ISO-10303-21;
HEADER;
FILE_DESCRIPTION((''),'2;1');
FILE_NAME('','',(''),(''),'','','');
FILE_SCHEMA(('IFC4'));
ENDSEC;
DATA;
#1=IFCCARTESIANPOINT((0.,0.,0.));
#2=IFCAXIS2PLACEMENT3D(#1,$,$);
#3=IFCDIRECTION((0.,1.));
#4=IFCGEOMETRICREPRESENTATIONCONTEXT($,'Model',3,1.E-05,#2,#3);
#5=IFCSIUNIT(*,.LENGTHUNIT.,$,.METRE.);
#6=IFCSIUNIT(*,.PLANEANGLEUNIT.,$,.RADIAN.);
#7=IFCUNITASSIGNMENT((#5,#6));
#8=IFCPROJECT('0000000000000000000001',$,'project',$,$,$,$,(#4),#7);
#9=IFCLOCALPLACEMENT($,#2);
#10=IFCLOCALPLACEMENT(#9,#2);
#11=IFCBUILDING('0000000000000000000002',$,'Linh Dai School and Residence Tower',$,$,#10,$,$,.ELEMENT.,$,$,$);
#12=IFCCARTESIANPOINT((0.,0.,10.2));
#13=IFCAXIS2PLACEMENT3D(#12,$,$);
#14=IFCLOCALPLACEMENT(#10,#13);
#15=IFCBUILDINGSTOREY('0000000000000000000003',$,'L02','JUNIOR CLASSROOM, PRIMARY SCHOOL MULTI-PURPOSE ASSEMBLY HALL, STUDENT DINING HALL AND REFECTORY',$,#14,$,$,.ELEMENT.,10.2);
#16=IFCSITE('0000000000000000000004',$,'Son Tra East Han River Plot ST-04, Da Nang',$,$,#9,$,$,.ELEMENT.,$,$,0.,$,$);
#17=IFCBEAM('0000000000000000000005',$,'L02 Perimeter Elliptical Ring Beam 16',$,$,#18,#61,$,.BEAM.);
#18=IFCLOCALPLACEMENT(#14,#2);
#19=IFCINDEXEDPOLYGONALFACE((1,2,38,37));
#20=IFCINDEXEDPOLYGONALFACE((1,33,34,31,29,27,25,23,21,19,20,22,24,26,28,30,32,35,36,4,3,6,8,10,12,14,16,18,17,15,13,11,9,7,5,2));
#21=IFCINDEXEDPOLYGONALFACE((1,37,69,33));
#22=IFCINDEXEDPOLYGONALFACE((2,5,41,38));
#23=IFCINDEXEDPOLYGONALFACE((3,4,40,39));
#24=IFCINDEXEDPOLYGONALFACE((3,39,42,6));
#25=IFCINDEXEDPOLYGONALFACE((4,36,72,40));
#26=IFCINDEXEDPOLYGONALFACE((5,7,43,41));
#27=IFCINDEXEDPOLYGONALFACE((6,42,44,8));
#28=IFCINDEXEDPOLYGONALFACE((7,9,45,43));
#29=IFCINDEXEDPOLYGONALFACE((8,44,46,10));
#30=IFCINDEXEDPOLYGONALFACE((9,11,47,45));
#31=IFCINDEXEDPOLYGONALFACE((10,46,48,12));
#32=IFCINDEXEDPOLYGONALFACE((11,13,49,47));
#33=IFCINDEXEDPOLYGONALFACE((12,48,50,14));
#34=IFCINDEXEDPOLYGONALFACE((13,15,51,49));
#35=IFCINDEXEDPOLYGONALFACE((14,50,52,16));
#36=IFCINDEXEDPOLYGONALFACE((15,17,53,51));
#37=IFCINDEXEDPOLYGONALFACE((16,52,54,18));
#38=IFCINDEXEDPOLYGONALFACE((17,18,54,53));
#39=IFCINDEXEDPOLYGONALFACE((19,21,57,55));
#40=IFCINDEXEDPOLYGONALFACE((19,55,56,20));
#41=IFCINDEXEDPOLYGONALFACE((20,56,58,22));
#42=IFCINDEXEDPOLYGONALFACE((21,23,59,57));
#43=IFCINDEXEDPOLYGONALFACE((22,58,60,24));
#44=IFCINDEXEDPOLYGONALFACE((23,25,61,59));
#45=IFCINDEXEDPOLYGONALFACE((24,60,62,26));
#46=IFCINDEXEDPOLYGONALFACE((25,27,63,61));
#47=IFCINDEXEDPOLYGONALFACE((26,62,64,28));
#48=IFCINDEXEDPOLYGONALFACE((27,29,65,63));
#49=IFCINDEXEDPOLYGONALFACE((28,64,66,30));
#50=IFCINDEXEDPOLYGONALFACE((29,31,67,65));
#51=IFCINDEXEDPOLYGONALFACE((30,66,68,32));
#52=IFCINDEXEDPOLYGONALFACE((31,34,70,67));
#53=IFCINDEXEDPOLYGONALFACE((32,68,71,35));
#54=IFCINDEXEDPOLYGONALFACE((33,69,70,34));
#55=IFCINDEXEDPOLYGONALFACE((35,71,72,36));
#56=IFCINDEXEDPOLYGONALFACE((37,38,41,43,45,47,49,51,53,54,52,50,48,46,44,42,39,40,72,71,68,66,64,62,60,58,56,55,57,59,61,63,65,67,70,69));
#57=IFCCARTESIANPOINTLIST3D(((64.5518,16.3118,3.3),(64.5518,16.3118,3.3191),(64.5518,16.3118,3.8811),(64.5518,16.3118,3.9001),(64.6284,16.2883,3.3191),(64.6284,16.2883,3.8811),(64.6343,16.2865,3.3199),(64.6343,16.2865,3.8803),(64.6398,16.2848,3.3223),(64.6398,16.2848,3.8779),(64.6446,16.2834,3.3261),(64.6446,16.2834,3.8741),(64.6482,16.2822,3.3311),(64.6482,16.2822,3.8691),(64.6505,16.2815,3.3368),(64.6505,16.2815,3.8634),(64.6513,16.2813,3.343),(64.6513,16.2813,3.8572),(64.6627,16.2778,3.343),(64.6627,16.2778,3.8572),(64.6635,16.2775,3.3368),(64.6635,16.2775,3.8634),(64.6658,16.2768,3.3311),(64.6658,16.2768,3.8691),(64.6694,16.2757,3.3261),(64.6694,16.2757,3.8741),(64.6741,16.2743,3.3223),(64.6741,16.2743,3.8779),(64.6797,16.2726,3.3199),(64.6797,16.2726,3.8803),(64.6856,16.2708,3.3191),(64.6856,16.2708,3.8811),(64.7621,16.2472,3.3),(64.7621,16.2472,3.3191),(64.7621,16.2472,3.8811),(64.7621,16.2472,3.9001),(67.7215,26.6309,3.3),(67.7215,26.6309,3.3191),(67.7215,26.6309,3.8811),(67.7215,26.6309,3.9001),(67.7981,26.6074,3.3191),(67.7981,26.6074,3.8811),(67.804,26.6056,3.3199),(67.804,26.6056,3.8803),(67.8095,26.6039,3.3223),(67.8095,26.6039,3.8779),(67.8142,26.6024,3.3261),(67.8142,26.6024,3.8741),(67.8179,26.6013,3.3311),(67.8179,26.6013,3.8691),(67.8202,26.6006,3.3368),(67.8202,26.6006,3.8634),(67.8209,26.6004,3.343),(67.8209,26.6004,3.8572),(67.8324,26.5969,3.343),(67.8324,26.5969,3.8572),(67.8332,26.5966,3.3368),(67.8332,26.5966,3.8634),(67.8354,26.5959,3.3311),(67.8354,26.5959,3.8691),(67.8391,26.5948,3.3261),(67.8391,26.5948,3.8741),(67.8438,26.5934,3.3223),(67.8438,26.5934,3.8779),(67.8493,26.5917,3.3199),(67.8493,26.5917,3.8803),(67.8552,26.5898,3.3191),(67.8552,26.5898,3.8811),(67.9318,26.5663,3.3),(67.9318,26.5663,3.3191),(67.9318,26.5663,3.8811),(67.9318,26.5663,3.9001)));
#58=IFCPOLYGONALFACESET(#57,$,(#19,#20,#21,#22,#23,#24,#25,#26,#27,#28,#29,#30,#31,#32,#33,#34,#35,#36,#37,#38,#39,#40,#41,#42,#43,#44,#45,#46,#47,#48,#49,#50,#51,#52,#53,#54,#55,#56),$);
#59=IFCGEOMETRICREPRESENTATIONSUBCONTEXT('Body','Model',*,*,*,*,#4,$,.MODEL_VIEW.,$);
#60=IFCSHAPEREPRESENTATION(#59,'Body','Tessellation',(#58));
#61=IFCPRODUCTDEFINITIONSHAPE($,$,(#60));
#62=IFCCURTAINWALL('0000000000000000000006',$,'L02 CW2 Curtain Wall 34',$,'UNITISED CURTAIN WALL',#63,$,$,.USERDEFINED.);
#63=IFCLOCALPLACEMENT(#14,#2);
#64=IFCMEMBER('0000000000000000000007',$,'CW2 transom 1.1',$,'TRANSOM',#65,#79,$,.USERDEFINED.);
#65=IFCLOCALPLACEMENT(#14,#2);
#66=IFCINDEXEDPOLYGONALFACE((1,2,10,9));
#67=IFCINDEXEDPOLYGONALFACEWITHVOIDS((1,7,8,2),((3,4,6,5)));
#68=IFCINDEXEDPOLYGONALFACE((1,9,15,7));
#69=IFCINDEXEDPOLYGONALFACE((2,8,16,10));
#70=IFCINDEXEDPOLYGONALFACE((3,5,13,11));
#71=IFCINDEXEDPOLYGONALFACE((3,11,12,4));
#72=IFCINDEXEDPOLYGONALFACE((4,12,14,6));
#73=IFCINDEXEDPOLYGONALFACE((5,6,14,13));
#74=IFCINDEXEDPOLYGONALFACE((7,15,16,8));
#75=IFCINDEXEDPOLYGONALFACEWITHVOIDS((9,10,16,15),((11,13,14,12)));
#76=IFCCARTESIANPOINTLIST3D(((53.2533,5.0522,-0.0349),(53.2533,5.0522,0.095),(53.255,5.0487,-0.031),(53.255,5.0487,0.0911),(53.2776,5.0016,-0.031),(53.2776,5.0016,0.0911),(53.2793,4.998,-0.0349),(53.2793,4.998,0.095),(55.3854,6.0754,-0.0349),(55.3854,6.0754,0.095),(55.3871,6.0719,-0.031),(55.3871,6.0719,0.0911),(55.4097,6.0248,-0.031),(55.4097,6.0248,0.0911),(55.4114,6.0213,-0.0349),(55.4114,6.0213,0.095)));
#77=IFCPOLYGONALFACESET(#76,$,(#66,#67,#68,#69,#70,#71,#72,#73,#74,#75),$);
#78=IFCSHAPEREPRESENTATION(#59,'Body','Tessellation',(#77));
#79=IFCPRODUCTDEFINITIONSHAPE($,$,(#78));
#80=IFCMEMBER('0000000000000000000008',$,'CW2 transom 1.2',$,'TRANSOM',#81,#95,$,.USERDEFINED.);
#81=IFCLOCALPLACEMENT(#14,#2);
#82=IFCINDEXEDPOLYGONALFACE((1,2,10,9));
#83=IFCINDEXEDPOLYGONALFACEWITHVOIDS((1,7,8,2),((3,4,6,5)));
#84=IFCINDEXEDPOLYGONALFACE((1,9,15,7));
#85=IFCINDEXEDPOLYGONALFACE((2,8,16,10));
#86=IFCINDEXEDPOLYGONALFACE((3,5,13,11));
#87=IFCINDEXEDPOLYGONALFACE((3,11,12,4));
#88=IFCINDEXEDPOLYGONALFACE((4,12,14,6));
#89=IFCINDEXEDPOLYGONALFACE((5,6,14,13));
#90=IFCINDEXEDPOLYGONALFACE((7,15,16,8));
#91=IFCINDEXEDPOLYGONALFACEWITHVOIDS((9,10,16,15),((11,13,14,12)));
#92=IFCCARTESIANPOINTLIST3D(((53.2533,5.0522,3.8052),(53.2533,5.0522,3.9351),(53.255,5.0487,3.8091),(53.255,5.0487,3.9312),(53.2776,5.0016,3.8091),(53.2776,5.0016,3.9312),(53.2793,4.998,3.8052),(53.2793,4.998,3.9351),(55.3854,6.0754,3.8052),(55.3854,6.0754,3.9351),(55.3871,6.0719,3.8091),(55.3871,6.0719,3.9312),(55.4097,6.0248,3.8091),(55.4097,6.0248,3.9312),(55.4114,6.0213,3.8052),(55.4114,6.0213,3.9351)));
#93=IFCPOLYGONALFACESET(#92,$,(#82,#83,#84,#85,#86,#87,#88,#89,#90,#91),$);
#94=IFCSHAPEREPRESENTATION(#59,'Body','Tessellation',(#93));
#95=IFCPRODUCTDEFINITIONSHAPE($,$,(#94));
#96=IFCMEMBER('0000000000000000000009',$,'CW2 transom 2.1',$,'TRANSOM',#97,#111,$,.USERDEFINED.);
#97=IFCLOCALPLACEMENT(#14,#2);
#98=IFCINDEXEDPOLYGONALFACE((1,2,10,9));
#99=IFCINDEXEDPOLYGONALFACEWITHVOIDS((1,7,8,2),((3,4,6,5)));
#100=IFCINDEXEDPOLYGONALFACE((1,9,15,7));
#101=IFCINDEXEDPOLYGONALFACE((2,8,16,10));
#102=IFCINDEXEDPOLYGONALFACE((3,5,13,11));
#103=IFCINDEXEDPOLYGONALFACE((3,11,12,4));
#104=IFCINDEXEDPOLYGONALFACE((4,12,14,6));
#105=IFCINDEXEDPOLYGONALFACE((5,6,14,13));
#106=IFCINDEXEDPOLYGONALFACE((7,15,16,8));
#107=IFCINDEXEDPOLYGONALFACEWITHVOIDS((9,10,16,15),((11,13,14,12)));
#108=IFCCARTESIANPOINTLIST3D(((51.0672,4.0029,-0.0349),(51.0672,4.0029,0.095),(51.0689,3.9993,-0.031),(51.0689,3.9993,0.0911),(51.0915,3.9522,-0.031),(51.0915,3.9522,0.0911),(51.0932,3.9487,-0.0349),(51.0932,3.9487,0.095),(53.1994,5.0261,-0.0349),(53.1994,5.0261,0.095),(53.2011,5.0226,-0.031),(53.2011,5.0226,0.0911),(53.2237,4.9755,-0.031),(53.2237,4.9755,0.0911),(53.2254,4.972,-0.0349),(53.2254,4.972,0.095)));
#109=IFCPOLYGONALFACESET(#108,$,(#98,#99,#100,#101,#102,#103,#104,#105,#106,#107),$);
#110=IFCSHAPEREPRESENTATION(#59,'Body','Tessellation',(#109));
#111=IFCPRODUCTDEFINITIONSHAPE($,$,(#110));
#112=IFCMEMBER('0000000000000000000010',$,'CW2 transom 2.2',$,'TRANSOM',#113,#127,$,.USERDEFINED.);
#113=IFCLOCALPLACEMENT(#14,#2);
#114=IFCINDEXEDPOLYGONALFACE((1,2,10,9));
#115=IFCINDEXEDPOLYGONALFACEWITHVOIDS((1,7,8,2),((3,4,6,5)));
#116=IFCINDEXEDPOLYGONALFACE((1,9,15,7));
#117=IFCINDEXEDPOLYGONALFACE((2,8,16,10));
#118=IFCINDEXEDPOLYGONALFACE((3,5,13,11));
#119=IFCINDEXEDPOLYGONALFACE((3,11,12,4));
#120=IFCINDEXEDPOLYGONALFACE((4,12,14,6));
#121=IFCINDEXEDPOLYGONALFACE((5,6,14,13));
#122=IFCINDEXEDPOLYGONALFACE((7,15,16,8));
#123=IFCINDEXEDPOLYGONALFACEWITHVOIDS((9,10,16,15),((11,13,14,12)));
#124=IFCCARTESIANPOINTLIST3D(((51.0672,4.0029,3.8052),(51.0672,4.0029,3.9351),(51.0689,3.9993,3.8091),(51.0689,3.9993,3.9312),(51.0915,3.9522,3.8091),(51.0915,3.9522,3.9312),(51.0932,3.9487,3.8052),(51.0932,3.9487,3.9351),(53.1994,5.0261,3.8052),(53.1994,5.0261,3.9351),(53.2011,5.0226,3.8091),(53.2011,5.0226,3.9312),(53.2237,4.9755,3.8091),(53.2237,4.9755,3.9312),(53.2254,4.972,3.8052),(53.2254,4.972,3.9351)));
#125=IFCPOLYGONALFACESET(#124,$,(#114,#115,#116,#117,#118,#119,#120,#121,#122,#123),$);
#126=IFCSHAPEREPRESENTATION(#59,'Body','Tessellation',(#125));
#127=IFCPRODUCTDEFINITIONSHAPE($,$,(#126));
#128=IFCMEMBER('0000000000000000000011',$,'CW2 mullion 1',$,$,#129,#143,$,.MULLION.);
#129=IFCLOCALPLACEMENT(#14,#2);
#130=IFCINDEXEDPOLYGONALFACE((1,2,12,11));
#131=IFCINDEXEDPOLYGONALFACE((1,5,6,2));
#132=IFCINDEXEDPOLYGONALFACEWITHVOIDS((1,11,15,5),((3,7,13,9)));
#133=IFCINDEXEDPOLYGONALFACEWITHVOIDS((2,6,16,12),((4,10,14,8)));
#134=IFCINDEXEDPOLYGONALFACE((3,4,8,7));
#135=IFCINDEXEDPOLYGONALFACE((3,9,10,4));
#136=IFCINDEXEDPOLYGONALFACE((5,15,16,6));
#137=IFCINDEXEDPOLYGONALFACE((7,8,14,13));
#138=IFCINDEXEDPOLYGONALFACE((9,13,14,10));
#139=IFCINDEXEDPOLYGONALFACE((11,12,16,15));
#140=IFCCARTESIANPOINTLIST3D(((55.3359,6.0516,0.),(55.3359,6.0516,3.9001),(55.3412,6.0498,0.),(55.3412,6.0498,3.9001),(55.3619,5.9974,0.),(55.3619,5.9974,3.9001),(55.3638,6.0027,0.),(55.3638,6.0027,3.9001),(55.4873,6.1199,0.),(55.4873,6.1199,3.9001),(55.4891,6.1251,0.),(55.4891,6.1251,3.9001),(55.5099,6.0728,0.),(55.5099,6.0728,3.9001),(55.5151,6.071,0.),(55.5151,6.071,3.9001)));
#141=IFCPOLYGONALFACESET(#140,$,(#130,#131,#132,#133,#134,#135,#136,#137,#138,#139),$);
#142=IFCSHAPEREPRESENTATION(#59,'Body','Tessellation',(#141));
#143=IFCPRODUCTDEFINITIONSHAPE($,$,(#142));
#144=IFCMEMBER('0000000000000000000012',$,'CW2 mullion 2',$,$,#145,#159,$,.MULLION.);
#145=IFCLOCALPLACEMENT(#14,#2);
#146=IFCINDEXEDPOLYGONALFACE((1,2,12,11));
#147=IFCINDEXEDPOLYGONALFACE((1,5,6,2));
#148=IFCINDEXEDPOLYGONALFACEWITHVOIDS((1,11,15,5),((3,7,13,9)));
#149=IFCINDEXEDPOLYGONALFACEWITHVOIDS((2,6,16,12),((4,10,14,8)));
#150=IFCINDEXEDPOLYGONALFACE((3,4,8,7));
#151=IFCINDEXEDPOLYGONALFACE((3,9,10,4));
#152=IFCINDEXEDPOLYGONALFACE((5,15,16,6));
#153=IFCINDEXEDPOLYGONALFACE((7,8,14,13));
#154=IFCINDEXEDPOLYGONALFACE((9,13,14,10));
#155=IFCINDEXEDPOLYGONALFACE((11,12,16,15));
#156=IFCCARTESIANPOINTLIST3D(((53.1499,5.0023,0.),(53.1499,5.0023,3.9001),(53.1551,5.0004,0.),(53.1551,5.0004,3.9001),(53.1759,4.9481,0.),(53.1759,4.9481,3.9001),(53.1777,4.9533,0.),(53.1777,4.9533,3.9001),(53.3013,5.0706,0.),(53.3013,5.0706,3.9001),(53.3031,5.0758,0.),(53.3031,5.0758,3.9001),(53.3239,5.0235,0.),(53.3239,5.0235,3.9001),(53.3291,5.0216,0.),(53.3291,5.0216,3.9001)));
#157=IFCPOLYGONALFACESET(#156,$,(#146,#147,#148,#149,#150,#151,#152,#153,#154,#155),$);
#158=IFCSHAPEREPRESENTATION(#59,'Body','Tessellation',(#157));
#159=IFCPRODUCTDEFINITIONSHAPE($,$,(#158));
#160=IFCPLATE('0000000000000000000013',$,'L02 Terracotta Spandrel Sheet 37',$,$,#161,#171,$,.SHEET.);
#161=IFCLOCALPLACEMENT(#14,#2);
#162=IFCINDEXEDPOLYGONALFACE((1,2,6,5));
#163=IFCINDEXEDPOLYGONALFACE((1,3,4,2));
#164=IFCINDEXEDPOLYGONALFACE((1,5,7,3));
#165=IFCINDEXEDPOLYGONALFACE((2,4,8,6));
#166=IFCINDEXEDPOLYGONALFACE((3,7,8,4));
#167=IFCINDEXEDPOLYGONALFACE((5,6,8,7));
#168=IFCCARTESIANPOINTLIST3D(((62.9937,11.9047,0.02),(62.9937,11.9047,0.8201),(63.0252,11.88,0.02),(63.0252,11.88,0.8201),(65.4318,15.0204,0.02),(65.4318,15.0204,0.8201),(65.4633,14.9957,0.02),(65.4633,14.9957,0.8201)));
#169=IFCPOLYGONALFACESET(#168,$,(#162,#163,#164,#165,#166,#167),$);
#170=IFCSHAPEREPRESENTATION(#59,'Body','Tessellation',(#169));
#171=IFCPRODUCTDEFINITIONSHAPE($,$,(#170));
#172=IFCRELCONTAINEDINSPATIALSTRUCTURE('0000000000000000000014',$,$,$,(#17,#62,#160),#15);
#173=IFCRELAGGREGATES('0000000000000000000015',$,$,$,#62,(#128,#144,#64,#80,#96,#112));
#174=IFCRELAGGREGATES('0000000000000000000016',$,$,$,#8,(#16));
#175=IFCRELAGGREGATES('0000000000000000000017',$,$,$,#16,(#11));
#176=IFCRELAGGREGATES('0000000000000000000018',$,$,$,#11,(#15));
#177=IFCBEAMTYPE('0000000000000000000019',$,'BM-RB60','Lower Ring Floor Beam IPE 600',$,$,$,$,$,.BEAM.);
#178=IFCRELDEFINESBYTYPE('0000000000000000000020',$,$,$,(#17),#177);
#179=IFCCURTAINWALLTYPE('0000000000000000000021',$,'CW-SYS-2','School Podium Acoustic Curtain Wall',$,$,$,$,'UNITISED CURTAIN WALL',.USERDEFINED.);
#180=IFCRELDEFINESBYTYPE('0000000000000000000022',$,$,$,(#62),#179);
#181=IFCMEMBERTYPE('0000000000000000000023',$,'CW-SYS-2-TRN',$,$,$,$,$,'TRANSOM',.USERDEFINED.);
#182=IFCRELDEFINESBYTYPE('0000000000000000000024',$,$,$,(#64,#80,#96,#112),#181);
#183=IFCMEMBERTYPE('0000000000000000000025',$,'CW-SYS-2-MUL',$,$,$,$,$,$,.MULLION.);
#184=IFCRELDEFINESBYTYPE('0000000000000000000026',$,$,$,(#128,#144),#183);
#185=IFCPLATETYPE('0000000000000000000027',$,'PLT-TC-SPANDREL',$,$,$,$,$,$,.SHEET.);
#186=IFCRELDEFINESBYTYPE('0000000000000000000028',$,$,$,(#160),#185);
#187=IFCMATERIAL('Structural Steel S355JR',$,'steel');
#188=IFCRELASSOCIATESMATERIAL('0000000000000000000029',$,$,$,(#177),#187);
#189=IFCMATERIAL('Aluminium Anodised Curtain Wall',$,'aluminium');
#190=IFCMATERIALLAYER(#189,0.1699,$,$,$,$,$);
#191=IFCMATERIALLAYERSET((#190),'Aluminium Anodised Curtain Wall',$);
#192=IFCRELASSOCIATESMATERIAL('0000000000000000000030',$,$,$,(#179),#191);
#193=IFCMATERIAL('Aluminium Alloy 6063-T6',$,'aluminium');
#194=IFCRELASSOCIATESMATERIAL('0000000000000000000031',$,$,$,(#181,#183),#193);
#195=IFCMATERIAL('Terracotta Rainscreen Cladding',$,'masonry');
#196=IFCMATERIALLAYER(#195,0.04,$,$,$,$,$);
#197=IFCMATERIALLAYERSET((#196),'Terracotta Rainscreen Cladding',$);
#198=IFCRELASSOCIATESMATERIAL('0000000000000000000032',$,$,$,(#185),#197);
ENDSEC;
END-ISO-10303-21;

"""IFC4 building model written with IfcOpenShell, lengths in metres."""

from ifc_helpers import new_model, si_unit, direction, frame, origin, origin_2d, place, context, subcontext, project, spatial, rectangle, hollow_rectangle, i_section, extrude, source, transform, mapped, material, layer, layer_set, material_profile, profile_set, type_object, element, aggregate, save


model = new_model("IFC4")

# Units and contexts
model_context = context("Model", 3, precision=1e-05, world=origin(), true_north=direction((0.0, 1.0)))
body_context = subcontext(model_context, "Body", "Model", "MODEL_VIEW")
ifc_project = project(units=[si_unit("LENGTHUNIT", "METRE"), si_unit("PLANEANGLEUNIT", "RADIAN")], contexts=[model_context])

# Site, building, storey
site_placement = place(None, origin())
site = spatial("IfcSite", under=ifc_project, at=site_placement, Name="Son Tra East Han River Plot ST-04, Da Nang", CompositionType="ELEMENT", RefElevation=0.0)
building_placement = place(site_placement, origin())
building = spatial("IfcBuilding", under=site, at=building_placement, Name="Linh Dai School and Residence Tower", CompositionType="ELEMENT")
storey_placement = place(building_placement, frame((0.0, 0.0, 10.2)))
storey = spatial("IfcBuildingStorey", under=building, at=storey_placement, Name="L02", Description="JUNIOR CLASSROOM, PRIMARY SCHOOL MULTI-PURPOSE ASSEMBLY HALL, STUDENT DINING HALL AND REFECTORY", CompositionType="ELEMENT", Elevation=10.2)

# Shared definitions
ifc_material_1 = material(Name="Structural Steel S355JR", Category="steel")

# Beam
ifc_material_profile_1 = material_profile(ifc_material_1, i_section(OverallWidth=0.22, OverallDepth=0.6001, WebThickness=0.012, FlangeThickness=0.019, FilletRadius=0.0239, at=origin_2d()), Name="IPE 600")
ifc_profile_set_1 = profile_set([ifc_material_profile_1], Name="Structural Steel S355JR")
beam_type = type_object("IfcBeamType", Name="BM-RB60", Description="Lower Ring Floor Beam IPE 600", PredefinedType="BEAM", material=ifc_profile_set_1)
beam_1_placement = place(storey_placement, frame((64.657, 16.2795, 3.6001), z_axis=(0.293627, 0.95592, 0.0), x_axis=(-0.95592, 0.293627, 0.0)))
element("IfcBeam", 1, at=beam_1_placement, inside=storey, type_object=beam_type, Name="L02 Perimeter Elliptical Ring Beam 16", PredefinedType="BEAM", context=body_context, shape_type="SweptSolid", body=[
    extrude(i_section(OverallWidth=0.22, OverallDepth=0.6001, WebThickness=0.012, FlangeThickness=0.019, FilletRadius=0.0239, at=origin_2d()), origin(), (0.0, 0.0, 1.0), 10.7949),
])

# Curtain wall, members
ifc_material_2 = material(Name="Aluminium Anodised Curtain Wall", Category="aluminium")
ifc_layer_1 = layer(ifc_material_2, 0.1699)
ifc_layer_set_1 = layer_set([ifc_layer_1], Name="Aluminium Anodised Curtain Wall")
curtain_wall_type = type_object("IfcCurtainWallType", Name="CW-SYS-2", Description="School Podium Acoustic Curtain Wall", ElementType="UNITISED CURTAIN WALL", PredefinedType="USERDEFINED", material=ifc_layer_set_1)
curtain_wall_placement = place(storey_placement, origin())
curtain_wall = element("IfcCurtainWall", 2, at=curtain_wall_placement, inside=storey, type_object=curtain_wall_type, Name="L02 CW2 Curtain Wall 34", ObjectType="UNITISED CURTAIN WALL", PredefinedType="USERDEFINED")
ifc_material_3 = material(Name="Aluminium Alloy 6063-T6", Category="aluminium")
ifc_material_profile_2 = material_profile(ifc_material_3, hollow_rectangle(XDim=0.0601, YDim=0.1299, WallThickness=0.0039, at=origin_2d()), Name="RHS 130x60x4")
ifc_profile_set_2 = profile_set([ifc_material_profile_2], Name="Aluminium Alloy 6063-T6")
member_type_1 = type_object("IfcMemberType", Name="CW-SYS-2-TRN", ElementType="TRANSOM", PredefinedType="USERDEFINED", material=ifc_profile_set_2)
shared_shape_1 = source(origin(), body_context, "Body", "SweptSolid", [
    extrude(hollow_rectangle(XDim=0.0601, YDim=0.1299, WallThickness=0.0039, at=origin_2d()), origin(), (0.0, 0.0, 1.0), 2.365),
])
member_1_placement = place(storey_placement, frame((55.3984, 6.0483, 0.03), z_axis=(-0.901557, -0.432661, 0.0), x_axis=(0.432661, -0.901557, 0.0)))
member_1 = element("IfcMember", 3, at=member_1_placement, type_object=member_type_1, Name="CW2 transom 1.1", ObjectType="TRANSOM", PredefinedType="USERDEFINED", context=body_context, shape_type="MappedRepresentation", body=[
    mapped(shared_shape_1, transform((0.0, 0.0, 0.0), x_axis=(1.0, 0.0, 0.0), y_axis=(0.0, 1.0, 0.0), z_axis=(0.0, 0.0, 1.0), scale=1.0)),
])
member_2_placement = place(storey_placement, frame((55.3984, 6.0483, 3.8701), z_axis=(-0.901557, -0.432661, 0.0), x_axis=(0.432661, -0.901557, 0.0)))
member_2 = element("IfcMember", 4, at=member_2_placement, type_object=member_type_1, Name="CW2 transom 1.2", ObjectType="TRANSOM", PredefinedType="USERDEFINED", context=body_context, shape_type="MappedRepresentation", body=[
    mapped(shared_shape_1, transform((0.0, 0.0, 0.0), x_axis=(1.0, 0.0, 0.0), y_axis=(0.0, 1.0, 0.0), z_axis=(0.0, 0.0, 1.0), scale=1.0)),
])
member_3_placement = place(storey_placement, frame((53.2124, 4.999, 0.03), z_axis=(-0.901557, -0.432661, 0.0), x_axis=(0.432661, -0.901557, 0.0)))
member_3 = element("IfcMember", 5, at=member_3_placement, type_object=member_type_1, Name="CW2 transom 2.1", ObjectType="TRANSOM", PredefinedType="USERDEFINED", context=body_context, shape_type="MappedRepresentation", body=[
    mapped(shared_shape_1, transform((0.0, 0.0, 0.0), x_axis=(1.0, 0.0, 0.0), y_axis=(0.0, 1.0, 0.0), z_axis=(0.0, 0.0, 1.0), scale=1.0)),
])
member_4_placement = place(storey_placement, frame((53.2124, 4.999, 3.8701), z_axis=(-0.901557, -0.432661, 0.0), x_axis=(0.432661, -0.901557, 0.0)))
member_4 = element("IfcMember", 6, at=member_4_placement, type_object=member_type_1, Name="CW2 transom 2.2", ObjectType="TRANSOM", PredefinedType="USERDEFINED", context=body_context, shape_type="MappedRepresentation", body=[
    mapped(shared_shape_1, transform((0.0, 0.0, 0.0), x_axis=(1.0, 0.0, 0.0), y_axis=(0.0, 1.0, 0.0), z_axis=(0.0, 0.0, 1.0), scale=1.0)),
])
ifc_material_profile_3 = material_profile(ifc_material_3, hollow_rectangle(XDim=0.0601, YDim=0.1699, WallThickness=0.0039, at=origin_2d()), Name="RHS 170x60x4")
ifc_profile_set_3 = profile_set([ifc_material_profile_3], Name="Aluminium Alloy 6063-T6")
member_type_2 = type_object("IfcMemberType", Name="CW-SYS-2-MUL", PredefinedType="MULLION", material=ifc_profile_set_3)
shared_shape_2 = source(origin(), body_context, "Body", "SweptSolid", [
    extrude(hollow_rectangle(XDim=0.0601, YDim=0.1699, WallThickness=0.0039, at=origin_2d()), origin(), (0.0, 0.0, 1.0), 3.9001),
])
member_5_placement = place(storey_placement, frame((55.4255, 6.0613, 0.0), z_axis=(0.0, 0.0, 1.0), x_axis=(0.432657, -0.901558, 0.0)))
member_5 = element("IfcMember", 7, at=member_5_placement, type_object=member_type_2, Name="CW2 mullion 1", PredefinedType="MULLION", context=body_context, shape_type="MappedRepresentation", body=[
    mapped(shared_shape_2, transform((0.0, 0.0, 0.0), x_axis=(1.0, 0.0, 0.0), y_axis=(0.0, 1.0, 0.0), z_axis=(0.0, 0.0, 1.0), scale=1.0)),
])
member_6_placement = place(storey_placement, frame((53.2395, 5.012, 0.0), z_axis=(0.0, 0.0, 1.0), x_axis=(0.432657, -0.901558, 0.0)))
member_6 = element("IfcMember", 8, at=member_6_placement, type_object=member_type_2, Name="CW2 mullion 2", PredefinedType="MULLION", context=body_context, shape_type="MappedRepresentation", body=[
    mapped(shared_shape_2, transform((0.0, 0.0, 0.0), x_axis=(1.0, 0.0, 0.0), y_axis=(0.0, 1.0, 0.0), z_axis=(0.0, 0.0, 1.0), scale=1.0)),
])

# Plate
ifc_material_4 = material(Name="Terracotta Rainscreen Cladding", Category="masonry")
ifc_layer_2 = layer(ifc_material_4, 0.04)
ifc_layer_set_2 = layer_set([ifc_layer_2], Name="Terracotta Rainscreen Cladding")
plate_type_1 = type_object("IfcPlateType", Name="PLT-TC-SPANDREL", PredefinedType="SHEET", material=ifc_layer_set_2)
shared_shape_3 = source(origin(), body_context, "Body", "SweptSolid", [
    extrude(rectangle(XDim=3.9563, YDim=0.04, at=origin_2d()), origin(), (0.0, 0.0, 1.0), 0.8),
])
plate_1_placement = place(storey_placement, frame((64.2285, 13.4502, 0.02), z_axis=(0.0, 0.0, 1.0), x_axis=(-0.61626, -0.787543, 0.0)))
element("IfcPlate", 9, at=plate_1_placement, inside=storey, type_object=plate_type_1, Name="L02 Terracotta Spandrel Sheet 37", PredefinedType="SHEET", context=body_context, shape_type="MappedRepresentation", body=[
    mapped(shared_shape_3, transform((0.0, 0.0, 0.0), x_axis=(1.0, 0.0, 0.0), y_axis=(0.0, 1.0, 0.0), z_axis=(0.0, 0.0, 1.0), scale=1.0)),
])
aggregate(curtain_wall, [member_5, member_6, member_1, member_2, member_3, member_4])

save(model, "model.ifc")
